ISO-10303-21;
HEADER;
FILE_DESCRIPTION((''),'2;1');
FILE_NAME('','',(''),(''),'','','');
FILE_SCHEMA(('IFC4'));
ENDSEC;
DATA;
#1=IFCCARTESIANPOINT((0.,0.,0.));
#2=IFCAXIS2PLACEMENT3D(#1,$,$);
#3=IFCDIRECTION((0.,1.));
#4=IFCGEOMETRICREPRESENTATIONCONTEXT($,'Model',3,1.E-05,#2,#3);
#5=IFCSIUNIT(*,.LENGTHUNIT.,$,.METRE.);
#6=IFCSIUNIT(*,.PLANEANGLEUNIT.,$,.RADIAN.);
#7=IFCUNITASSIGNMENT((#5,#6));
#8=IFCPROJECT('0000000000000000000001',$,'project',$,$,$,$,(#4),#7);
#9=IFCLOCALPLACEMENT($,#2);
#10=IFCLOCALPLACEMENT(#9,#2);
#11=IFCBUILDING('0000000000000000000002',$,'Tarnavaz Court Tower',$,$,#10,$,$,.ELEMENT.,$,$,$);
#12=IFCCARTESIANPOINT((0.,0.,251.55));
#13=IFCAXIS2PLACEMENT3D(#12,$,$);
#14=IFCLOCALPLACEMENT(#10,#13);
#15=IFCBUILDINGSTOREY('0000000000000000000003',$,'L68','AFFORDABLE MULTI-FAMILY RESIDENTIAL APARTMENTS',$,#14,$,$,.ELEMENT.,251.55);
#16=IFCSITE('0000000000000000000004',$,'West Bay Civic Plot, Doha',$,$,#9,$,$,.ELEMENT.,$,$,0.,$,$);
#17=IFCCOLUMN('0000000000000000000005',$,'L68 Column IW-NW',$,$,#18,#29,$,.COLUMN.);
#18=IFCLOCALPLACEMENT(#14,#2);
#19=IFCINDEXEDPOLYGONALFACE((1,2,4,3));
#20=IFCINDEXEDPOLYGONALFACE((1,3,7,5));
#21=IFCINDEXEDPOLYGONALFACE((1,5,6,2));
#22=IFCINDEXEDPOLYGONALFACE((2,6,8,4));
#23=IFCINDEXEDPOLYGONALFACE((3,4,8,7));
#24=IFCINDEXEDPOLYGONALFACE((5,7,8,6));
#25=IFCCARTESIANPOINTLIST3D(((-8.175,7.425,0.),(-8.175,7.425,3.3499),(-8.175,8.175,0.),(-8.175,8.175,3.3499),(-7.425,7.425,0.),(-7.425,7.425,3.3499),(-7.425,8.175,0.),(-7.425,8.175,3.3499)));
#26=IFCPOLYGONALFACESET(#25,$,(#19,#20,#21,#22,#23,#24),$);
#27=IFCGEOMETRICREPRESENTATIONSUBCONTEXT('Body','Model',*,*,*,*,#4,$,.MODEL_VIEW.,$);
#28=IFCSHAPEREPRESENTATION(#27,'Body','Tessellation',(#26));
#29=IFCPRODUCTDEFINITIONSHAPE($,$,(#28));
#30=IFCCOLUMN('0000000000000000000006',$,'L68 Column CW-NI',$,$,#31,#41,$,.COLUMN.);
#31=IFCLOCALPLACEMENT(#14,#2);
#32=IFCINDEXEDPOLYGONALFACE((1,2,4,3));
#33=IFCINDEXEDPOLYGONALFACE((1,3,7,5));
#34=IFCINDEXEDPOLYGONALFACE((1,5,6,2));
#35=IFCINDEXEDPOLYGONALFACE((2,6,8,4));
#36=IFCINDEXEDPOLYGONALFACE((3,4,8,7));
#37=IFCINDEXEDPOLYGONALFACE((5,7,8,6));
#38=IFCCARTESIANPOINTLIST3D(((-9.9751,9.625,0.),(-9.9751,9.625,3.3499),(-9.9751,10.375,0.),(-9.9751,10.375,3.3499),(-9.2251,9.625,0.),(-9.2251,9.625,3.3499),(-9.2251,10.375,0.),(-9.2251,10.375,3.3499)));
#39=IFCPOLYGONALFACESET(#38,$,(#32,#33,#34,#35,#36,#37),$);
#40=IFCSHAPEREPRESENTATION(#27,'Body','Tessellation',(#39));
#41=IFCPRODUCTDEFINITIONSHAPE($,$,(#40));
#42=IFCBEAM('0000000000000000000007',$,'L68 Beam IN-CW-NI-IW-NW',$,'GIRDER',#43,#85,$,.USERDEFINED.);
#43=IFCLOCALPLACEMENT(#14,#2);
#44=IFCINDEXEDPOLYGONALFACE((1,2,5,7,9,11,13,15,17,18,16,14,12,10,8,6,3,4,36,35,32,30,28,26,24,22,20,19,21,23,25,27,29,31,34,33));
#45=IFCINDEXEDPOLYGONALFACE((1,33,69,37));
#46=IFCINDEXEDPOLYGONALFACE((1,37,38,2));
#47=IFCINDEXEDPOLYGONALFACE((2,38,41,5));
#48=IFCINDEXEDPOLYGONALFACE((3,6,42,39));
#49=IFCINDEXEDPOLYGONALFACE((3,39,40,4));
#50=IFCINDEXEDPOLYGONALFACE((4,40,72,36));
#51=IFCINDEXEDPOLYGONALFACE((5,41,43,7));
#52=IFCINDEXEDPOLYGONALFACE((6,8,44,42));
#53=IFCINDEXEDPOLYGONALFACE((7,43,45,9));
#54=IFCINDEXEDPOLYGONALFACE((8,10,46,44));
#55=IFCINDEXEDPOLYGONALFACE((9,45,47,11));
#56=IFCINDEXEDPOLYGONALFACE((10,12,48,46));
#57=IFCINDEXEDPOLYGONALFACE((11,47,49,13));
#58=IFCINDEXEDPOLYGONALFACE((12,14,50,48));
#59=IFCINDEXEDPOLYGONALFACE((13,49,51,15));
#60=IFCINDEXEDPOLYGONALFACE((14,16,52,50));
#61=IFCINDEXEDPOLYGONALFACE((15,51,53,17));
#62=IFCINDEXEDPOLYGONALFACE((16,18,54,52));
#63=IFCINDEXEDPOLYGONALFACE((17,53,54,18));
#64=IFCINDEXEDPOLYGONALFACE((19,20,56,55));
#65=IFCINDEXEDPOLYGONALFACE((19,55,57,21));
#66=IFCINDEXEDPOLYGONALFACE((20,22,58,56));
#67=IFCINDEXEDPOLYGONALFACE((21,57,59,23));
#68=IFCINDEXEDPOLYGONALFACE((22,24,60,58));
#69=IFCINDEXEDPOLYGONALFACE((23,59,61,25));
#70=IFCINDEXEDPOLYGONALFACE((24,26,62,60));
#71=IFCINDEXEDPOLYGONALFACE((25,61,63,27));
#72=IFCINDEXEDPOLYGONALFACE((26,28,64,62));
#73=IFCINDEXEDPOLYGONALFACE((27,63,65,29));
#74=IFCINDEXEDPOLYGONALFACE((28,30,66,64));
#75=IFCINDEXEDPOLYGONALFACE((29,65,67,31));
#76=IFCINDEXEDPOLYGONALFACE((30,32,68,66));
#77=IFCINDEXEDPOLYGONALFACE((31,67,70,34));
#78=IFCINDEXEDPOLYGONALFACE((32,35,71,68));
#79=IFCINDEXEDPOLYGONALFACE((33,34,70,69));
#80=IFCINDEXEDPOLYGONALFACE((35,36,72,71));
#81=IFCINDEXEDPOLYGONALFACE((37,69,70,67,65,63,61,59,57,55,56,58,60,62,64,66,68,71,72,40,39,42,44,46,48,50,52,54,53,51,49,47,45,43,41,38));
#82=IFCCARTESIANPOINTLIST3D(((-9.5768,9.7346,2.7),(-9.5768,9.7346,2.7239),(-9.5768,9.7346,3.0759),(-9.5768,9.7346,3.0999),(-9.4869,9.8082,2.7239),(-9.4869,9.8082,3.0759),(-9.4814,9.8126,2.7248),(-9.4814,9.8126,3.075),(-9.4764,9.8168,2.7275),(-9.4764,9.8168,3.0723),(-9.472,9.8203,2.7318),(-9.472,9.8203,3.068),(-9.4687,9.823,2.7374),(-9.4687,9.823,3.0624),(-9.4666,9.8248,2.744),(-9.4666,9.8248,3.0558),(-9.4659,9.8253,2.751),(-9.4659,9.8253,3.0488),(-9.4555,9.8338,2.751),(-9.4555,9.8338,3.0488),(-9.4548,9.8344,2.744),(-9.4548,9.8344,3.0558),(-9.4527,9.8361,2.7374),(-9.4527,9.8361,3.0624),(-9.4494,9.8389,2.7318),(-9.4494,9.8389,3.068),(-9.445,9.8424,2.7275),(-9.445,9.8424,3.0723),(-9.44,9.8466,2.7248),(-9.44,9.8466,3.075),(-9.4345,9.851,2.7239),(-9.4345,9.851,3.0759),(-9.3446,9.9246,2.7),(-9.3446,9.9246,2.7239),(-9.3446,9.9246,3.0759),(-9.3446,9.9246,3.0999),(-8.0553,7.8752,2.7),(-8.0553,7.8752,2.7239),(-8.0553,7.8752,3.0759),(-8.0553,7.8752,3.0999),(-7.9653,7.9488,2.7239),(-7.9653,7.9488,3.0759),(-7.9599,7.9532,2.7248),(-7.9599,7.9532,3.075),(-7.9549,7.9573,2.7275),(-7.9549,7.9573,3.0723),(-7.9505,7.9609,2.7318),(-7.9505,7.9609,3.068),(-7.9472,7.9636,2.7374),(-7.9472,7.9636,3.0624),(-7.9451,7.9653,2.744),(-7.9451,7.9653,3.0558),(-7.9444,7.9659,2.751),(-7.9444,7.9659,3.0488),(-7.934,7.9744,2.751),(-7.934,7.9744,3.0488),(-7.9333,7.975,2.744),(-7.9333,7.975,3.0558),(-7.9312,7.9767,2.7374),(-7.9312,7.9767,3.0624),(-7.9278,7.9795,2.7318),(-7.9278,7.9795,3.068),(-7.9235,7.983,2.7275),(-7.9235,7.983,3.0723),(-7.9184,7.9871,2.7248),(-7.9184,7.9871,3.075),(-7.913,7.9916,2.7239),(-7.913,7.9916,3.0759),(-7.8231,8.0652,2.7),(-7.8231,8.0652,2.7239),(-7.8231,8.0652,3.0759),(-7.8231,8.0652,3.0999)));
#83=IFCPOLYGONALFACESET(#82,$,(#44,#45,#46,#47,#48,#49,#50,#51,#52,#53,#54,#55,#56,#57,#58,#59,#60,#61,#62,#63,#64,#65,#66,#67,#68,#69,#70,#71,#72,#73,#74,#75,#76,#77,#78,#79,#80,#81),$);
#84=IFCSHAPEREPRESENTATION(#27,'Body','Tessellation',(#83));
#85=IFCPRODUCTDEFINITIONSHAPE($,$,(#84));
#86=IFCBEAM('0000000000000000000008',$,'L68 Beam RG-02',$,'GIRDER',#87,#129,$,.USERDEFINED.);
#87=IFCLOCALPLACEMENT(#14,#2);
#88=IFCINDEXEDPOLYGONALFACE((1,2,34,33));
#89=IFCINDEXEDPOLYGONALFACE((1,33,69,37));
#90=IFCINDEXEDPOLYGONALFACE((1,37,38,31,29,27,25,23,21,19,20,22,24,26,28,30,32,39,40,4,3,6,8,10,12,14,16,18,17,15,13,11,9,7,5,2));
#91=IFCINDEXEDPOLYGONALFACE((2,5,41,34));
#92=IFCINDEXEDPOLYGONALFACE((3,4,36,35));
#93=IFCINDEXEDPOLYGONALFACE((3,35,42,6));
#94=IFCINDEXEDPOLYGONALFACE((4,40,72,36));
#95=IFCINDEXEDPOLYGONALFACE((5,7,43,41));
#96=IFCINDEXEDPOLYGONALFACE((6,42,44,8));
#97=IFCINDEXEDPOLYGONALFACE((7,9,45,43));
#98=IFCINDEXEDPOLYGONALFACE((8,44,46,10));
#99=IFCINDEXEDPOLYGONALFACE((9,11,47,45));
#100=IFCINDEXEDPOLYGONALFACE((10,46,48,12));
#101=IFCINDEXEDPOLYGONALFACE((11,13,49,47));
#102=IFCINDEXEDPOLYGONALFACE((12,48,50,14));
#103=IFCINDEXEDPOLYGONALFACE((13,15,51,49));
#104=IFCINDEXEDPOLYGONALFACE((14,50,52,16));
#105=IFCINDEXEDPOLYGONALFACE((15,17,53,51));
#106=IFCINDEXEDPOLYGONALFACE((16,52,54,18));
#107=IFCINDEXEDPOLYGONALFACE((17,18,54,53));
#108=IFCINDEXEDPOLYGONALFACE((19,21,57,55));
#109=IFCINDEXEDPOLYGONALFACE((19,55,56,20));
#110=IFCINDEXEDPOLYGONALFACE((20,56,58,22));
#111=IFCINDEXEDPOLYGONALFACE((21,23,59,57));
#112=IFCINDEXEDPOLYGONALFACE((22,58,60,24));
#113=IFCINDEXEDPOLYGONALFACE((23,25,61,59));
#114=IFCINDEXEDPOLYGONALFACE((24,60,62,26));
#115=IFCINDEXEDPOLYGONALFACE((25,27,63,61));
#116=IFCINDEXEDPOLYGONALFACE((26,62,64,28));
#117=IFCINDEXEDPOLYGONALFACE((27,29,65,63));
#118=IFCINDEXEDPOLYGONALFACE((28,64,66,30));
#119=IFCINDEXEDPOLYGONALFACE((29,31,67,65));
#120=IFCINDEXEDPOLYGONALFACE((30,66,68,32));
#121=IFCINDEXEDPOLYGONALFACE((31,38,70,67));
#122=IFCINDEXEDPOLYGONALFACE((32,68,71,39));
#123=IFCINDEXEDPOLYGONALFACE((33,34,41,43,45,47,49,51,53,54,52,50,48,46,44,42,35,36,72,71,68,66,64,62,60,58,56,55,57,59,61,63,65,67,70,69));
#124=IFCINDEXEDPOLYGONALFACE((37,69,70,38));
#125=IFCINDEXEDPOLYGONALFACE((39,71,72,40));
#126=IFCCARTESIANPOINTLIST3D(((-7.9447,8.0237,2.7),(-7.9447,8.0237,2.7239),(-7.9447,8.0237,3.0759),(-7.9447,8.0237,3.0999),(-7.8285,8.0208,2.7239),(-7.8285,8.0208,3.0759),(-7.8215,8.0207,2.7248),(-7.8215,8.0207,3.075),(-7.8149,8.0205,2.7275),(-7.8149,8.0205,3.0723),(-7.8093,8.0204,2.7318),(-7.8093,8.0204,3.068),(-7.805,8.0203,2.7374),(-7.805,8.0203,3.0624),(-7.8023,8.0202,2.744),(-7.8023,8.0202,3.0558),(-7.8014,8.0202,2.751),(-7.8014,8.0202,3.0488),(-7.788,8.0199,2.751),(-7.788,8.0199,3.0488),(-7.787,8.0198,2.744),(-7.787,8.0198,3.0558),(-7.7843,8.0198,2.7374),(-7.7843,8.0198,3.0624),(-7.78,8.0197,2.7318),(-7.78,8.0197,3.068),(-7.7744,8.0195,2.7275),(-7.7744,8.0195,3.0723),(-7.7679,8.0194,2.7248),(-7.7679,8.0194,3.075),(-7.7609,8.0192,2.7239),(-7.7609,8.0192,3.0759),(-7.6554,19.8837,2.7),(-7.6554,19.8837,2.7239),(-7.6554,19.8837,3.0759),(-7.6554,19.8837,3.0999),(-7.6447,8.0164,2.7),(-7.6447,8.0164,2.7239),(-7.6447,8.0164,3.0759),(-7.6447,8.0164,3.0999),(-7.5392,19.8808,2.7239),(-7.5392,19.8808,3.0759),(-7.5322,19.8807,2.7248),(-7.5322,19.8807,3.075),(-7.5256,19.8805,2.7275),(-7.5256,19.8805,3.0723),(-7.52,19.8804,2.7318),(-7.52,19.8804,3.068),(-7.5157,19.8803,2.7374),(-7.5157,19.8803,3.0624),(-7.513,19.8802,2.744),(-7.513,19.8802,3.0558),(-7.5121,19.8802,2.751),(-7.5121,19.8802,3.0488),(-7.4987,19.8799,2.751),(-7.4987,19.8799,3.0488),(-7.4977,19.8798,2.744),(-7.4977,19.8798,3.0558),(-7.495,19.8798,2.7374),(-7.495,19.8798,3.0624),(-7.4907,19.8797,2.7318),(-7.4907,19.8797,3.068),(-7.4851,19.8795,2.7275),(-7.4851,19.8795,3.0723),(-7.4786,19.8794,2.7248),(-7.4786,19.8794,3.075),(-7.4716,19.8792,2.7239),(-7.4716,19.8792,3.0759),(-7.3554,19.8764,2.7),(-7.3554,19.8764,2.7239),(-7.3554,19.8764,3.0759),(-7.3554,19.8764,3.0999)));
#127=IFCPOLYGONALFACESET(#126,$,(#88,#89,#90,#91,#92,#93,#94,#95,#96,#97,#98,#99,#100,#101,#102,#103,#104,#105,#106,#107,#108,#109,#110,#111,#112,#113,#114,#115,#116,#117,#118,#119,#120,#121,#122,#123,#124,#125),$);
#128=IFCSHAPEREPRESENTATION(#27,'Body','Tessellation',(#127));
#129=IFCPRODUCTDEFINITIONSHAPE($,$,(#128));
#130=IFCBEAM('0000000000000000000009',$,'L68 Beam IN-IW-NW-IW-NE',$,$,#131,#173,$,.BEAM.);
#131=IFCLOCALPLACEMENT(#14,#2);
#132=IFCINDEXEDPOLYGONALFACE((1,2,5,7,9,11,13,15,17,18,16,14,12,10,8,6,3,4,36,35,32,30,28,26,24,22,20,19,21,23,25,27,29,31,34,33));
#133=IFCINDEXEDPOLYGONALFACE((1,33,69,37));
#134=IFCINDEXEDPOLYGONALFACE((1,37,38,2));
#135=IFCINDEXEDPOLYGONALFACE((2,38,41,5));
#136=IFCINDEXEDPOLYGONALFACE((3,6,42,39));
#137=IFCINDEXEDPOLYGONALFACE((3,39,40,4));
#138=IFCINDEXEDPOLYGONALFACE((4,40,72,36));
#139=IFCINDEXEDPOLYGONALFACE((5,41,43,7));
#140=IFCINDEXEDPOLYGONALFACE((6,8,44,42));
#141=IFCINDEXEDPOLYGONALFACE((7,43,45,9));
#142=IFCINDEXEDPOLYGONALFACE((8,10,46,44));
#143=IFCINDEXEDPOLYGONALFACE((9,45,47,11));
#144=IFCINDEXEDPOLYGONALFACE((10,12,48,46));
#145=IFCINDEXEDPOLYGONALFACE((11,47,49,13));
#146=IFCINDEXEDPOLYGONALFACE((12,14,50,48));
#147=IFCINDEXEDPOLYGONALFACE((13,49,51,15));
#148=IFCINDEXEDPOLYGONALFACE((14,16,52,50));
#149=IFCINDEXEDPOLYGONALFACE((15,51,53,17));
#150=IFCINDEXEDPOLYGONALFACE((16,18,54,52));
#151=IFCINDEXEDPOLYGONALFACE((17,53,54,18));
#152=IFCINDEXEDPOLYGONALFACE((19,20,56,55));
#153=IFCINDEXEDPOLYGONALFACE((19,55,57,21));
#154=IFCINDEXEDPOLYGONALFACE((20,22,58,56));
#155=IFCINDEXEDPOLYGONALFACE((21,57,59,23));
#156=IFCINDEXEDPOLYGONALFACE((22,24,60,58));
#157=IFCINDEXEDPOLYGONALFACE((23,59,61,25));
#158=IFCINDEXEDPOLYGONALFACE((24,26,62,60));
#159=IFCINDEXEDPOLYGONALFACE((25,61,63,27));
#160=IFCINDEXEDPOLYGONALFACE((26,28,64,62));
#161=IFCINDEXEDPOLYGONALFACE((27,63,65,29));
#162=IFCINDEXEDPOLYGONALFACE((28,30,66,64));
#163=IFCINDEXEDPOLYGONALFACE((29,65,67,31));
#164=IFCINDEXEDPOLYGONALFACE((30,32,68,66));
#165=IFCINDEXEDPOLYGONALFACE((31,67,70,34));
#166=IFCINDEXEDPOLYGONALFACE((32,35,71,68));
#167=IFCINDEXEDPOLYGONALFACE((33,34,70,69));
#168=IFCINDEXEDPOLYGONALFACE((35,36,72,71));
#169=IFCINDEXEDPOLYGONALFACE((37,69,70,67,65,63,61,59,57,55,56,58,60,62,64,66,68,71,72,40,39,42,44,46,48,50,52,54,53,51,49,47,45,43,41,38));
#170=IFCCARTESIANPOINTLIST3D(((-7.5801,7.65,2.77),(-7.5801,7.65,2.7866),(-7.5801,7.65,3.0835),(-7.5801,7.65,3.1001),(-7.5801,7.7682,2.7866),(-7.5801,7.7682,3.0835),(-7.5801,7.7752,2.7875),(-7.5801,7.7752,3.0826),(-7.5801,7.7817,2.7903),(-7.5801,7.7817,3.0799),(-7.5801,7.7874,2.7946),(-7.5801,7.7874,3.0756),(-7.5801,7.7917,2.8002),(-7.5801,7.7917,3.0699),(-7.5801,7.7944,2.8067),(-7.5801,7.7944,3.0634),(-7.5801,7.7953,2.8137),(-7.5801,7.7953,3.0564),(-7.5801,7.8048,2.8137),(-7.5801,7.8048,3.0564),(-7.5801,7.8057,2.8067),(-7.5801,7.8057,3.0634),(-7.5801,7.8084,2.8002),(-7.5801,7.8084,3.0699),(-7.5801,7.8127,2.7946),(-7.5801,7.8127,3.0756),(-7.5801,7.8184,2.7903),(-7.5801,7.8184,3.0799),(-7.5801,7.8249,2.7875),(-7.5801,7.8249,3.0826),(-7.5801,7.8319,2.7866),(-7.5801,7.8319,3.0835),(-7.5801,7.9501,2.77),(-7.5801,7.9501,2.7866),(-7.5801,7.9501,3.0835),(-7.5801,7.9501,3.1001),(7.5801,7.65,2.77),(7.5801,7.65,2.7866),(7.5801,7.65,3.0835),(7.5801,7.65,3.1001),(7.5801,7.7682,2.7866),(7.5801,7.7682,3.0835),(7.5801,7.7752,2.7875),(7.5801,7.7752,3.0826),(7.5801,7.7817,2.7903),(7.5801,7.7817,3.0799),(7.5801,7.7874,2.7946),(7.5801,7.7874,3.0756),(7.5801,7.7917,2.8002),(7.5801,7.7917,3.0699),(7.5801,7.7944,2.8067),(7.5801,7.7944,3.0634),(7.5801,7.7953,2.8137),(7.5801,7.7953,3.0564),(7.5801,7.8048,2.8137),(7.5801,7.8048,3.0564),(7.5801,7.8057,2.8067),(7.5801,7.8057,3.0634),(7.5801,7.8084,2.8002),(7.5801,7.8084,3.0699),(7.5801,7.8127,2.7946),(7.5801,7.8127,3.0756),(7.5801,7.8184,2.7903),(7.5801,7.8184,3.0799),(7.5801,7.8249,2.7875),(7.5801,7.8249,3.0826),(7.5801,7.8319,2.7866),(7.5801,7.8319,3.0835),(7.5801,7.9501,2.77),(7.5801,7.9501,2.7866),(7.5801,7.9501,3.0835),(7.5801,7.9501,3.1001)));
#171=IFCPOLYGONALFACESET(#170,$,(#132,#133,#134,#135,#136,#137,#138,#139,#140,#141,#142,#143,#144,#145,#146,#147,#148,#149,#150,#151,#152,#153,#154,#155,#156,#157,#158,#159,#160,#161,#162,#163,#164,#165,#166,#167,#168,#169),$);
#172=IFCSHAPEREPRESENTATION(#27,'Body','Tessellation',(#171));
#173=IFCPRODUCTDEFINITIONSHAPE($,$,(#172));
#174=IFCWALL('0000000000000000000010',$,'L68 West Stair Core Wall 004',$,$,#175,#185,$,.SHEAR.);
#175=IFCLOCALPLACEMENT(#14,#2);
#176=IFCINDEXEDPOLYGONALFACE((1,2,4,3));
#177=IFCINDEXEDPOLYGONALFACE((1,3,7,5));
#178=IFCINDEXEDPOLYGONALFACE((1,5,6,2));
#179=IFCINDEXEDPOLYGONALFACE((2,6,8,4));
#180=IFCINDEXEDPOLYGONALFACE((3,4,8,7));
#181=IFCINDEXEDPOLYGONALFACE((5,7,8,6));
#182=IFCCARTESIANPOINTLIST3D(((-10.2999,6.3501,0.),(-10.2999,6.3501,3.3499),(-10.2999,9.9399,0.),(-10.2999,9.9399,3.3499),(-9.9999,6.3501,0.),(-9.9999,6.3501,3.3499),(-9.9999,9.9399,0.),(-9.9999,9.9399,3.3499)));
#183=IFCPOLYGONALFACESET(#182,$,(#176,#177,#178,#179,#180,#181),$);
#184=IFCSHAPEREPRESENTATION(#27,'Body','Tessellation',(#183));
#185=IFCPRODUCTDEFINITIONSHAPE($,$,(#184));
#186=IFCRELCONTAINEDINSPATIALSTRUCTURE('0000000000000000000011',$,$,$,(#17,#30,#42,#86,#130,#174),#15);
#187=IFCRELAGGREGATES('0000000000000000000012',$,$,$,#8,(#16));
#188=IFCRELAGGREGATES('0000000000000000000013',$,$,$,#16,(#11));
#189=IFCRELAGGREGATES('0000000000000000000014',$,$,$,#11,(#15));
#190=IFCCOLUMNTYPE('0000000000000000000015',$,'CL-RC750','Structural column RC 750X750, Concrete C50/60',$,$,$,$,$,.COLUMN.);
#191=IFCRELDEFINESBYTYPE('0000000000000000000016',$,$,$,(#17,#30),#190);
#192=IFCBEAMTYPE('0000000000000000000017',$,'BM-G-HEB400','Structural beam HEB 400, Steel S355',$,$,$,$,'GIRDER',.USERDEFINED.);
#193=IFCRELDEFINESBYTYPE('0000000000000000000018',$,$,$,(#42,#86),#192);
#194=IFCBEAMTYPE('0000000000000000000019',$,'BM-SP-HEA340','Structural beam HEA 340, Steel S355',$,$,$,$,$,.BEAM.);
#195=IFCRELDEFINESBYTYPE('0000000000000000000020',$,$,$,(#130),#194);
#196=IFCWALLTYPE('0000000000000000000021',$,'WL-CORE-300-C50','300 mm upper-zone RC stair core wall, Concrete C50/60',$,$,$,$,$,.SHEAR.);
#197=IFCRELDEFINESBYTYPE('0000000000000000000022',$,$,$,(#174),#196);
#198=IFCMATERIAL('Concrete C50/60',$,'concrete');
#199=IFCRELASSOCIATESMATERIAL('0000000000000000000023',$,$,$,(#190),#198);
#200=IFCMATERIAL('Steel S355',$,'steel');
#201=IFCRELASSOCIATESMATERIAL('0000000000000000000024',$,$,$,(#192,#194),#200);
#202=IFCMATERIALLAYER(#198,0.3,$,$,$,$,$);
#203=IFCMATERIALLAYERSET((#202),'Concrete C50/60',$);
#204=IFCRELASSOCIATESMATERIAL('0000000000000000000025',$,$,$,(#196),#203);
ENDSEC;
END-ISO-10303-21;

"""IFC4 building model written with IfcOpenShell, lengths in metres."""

from ifc_helpers import new_model, si_unit, direction, frame, frame_2d, origin, origin_2d, place, context, subcontext, project, spatial, rectangle, i_section, extrude, material, layer, layer_set, material_profile, profile_set, type_object, element, save


model = new_model("IFC4")

# Units and contexts
model_context = context("Model", 3, precision=1e-05, world=origin(), true_north=direction((0.0, 1.0)))
body_context = subcontext(model_context, "Body", "Model", "MODEL_VIEW")
ifc_project = project(units=[si_unit("LENGTHUNIT", "METRE"), si_unit("PLANEANGLEUNIT", "RADIAN")], contexts=[model_context])

# Site, building, storey
site_placement = place(None, origin())
site = spatial("IfcSite", under=ifc_project, at=site_placement, Name="West Bay Civic Plot, Doha", CompositionType="ELEMENT", RefElevation=0.0)
building_placement = place(site_placement, origin())
building = spatial("IfcBuilding", under=site, at=building_placement, Name="Tarnavaz Court Tower", CompositionType="ELEMENT")
storey_placement = place(building_placement, frame((0.0, 0.0, 251.55)))
storey = spatial("IfcBuildingStorey", under=building, at=storey_placement, Name="L68", Description="AFFORDABLE MULTI-FAMILY RESIDENTIAL APARTMENTS", CompositionType="ELEMENT", Elevation=251.55)

# Columns
ifc_material_1 = material(Name="Concrete C50/60", Category="concrete")
ifc_material_profile_1 = material_profile(ifc_material_1, rectangle(XDim=0.75, YDim=0.75, at=origin_2d()), Name="RC 750X750")
ifc_profile_set_1 = profile_set([ifc_material_profile_1], Name="Concrete C50/60")
column_type = type_object("IfcColumnType", Name="CL-RC750", Description="Structural column RC 750X750, Concrete C50/60", PredefinedType="COLUMN", material=ifc_profile_set_1)
for number, where, z_axis, x_axis, name in (
    (1, (-7.8, 7.8, 0.0), (0.0, 0.0, 1.0), (1.0, 0.0, 0.0), "L68 Column IW-NW"),
    (2, (-9.6001, 10.0, 0.0), (0.0, 0.0, 1.0), (1.0, 0.0, 0.0), "L68 Column CW-NI"),
):
    element("IfcColumn", number, at=place(storey_placement, frame(where, z_axis=z_axis, x_axis=x_axis)), inside=storey, type_object=column_type, Name=name, PredefinedType="COLUMN", context=body_context, shape_type="SweptSolid", body=[
        extrude(rectangle(XDim=0.75, YDim=0.75, at=origin_2d()), origin(), (0.0, 0.0, 1.0), 3.3499),
    ])

# Beams
ifc_material_2 = material(Name="Steel S355", Category="steel")
ifc_material_profile_2 = material_profile(ifc_material_2, i_section(OverallWidth=0.3, OverallDepth=0.3999, WebThickness=0.0134, FlangeThickness=0.0239, FilletRadius=0.0271, at=origin_2d()), Name="HEB 400")
ifc_profile_set_2 = profile_set([ifc_material_profile_2], Name="Steel S355")
beam_type_1 = type_object("IfcBeamType", Name="BM-G-HEB400", Description="Structural beam HEB 400, Steel S355", ElementType="GIRDER", PredefinedType="USERDEFINED", material=ifc_profile_set_2)
beam_1_placement = place(storey_placement, frame((-9.4607, 9.8296, 2.8999), z_axis=(0.633282, -0.773921, 0.0), x_axis=(0.773921, 0.633282, 0.0)))
element("IfcBeam", 3, at=beam_1_placement, inside=storey, type_object=beam_type_1, Name="L68 Beam IN-CW-NI-IW-NW", ObjectType="GIRDER", PredefinedType="USERDEFINED", context=body_context, shape_type="SweptSolid", body=[
    extrude(i_section(OverallWidth=0.3, OverallDepth=0.3999, WebThickness=0.0134, FlangeThickness=0.0239, FilletRadius=0.0271, at=origin_2d()), origin(), (0.0, 0.0, 1.0), 2.4026),
])
beam_2_placement = place(storey_placement, frame((-7.7947, 8.02, 2.8999), z_axis=(0.024386, 0.999703, 0.0), x_axis=(-0.999703, 0.024386, 0.0)))
element("IfcBeam", 4, at=beam_2_placement, inside=storey, type_object=beam_type_1, Name="L68 Beam RG-02", ObjectType="GIRDER", PredefinedType="USERDEFINED", context=body_context, shape_type="SweptSolid", body=[
    extrude(i_section(OverallWidth=0.3, OverallDepth=0.3999, WebThickness=0.0134, FlangeThickness=0.0239, FilletRadius=0.0271, at=origin_2d()), origin(), (0.0, 0.0, 1.0), 11.8635),
])
ifc_material_profile_3 = material_profile(ifc_material_2, i_section(OverallWidth=0.3, OverallDepth=0.3301, WebThickness=0.0095, FlangeThickness=0.0166, FilletRadius=0.0271, at=origin_2d()), Name="HEA 340")
ifc_profile_set_3 = profile_set([ifc_material_profile_3], Name="Steel S355")
beam_type_2 = type_object("IfcBeamType", Name="BM-SP-HEA340", Description="Structural beam HEA 340, Steel S355", PredefinedType="BEAM", material=ifc_profile_set_3)
beam_3_placement = place(storey_placement, frame((-7.5801, 7.8, 2.9351), z_axis=(1.0, 0.0, 0.0), x_axis=(0.0, 1.0, 0.0)))
element("IfcBeam", 5, at=beam_3_placement, inside=storey, type_object=beam_type_2, Name="L68 Beam IN-IW-NW-IW-NE", PredefinedType="BEAM", context=body_context, shape_type="SweptSolid", body=[
    extrude(i_section(OverallWidth=0.3, OverallDepth=0.3301, WebThickness=0.0095, FlangeThickness=0.0166, FilletRadius=0.0271, at=origin_2d()), origin(), (0.0, 0.0, 1.0), 15.1602),
])

# Wall
ifc_layer_1 = layer(ifc_material_1, 0.3)
ifc_layer_set_1 = layer_set([ifc_layer_1], Name="Concrete C50/60")
wall_type_1 = type_object("IfcWallType", Name="WL-CORE-300-C50", Description="300 mm upper-zone RC stair core wall, Concrete C50/60", PredefinedType="SHEAR", material=ifc_layer_set_1)
wall_1_placement = place(storey_placement, frame((-10.1499, 6.3501, 0.0), z_axis=(0.0, 0.0, 1.0), x_axis=(0.0, 1.0, 0.0)))
element("IfcWall", 6, at=wall_1_placement, inside=storey, type_object=wall_type_1, Name="L68 West Stair Core Wall 004", PredefinedType="SHEAR", context=body_context, shape_type="SweptSolid", body=[
    extrude(rectangle(XDim=3.5898, YDim=0.3, at=frame_2d((1.7949, 0.0))), origin(), (0.0, 0.0, 1.0), 3.3499),
])

save(model, "model.ifc")
